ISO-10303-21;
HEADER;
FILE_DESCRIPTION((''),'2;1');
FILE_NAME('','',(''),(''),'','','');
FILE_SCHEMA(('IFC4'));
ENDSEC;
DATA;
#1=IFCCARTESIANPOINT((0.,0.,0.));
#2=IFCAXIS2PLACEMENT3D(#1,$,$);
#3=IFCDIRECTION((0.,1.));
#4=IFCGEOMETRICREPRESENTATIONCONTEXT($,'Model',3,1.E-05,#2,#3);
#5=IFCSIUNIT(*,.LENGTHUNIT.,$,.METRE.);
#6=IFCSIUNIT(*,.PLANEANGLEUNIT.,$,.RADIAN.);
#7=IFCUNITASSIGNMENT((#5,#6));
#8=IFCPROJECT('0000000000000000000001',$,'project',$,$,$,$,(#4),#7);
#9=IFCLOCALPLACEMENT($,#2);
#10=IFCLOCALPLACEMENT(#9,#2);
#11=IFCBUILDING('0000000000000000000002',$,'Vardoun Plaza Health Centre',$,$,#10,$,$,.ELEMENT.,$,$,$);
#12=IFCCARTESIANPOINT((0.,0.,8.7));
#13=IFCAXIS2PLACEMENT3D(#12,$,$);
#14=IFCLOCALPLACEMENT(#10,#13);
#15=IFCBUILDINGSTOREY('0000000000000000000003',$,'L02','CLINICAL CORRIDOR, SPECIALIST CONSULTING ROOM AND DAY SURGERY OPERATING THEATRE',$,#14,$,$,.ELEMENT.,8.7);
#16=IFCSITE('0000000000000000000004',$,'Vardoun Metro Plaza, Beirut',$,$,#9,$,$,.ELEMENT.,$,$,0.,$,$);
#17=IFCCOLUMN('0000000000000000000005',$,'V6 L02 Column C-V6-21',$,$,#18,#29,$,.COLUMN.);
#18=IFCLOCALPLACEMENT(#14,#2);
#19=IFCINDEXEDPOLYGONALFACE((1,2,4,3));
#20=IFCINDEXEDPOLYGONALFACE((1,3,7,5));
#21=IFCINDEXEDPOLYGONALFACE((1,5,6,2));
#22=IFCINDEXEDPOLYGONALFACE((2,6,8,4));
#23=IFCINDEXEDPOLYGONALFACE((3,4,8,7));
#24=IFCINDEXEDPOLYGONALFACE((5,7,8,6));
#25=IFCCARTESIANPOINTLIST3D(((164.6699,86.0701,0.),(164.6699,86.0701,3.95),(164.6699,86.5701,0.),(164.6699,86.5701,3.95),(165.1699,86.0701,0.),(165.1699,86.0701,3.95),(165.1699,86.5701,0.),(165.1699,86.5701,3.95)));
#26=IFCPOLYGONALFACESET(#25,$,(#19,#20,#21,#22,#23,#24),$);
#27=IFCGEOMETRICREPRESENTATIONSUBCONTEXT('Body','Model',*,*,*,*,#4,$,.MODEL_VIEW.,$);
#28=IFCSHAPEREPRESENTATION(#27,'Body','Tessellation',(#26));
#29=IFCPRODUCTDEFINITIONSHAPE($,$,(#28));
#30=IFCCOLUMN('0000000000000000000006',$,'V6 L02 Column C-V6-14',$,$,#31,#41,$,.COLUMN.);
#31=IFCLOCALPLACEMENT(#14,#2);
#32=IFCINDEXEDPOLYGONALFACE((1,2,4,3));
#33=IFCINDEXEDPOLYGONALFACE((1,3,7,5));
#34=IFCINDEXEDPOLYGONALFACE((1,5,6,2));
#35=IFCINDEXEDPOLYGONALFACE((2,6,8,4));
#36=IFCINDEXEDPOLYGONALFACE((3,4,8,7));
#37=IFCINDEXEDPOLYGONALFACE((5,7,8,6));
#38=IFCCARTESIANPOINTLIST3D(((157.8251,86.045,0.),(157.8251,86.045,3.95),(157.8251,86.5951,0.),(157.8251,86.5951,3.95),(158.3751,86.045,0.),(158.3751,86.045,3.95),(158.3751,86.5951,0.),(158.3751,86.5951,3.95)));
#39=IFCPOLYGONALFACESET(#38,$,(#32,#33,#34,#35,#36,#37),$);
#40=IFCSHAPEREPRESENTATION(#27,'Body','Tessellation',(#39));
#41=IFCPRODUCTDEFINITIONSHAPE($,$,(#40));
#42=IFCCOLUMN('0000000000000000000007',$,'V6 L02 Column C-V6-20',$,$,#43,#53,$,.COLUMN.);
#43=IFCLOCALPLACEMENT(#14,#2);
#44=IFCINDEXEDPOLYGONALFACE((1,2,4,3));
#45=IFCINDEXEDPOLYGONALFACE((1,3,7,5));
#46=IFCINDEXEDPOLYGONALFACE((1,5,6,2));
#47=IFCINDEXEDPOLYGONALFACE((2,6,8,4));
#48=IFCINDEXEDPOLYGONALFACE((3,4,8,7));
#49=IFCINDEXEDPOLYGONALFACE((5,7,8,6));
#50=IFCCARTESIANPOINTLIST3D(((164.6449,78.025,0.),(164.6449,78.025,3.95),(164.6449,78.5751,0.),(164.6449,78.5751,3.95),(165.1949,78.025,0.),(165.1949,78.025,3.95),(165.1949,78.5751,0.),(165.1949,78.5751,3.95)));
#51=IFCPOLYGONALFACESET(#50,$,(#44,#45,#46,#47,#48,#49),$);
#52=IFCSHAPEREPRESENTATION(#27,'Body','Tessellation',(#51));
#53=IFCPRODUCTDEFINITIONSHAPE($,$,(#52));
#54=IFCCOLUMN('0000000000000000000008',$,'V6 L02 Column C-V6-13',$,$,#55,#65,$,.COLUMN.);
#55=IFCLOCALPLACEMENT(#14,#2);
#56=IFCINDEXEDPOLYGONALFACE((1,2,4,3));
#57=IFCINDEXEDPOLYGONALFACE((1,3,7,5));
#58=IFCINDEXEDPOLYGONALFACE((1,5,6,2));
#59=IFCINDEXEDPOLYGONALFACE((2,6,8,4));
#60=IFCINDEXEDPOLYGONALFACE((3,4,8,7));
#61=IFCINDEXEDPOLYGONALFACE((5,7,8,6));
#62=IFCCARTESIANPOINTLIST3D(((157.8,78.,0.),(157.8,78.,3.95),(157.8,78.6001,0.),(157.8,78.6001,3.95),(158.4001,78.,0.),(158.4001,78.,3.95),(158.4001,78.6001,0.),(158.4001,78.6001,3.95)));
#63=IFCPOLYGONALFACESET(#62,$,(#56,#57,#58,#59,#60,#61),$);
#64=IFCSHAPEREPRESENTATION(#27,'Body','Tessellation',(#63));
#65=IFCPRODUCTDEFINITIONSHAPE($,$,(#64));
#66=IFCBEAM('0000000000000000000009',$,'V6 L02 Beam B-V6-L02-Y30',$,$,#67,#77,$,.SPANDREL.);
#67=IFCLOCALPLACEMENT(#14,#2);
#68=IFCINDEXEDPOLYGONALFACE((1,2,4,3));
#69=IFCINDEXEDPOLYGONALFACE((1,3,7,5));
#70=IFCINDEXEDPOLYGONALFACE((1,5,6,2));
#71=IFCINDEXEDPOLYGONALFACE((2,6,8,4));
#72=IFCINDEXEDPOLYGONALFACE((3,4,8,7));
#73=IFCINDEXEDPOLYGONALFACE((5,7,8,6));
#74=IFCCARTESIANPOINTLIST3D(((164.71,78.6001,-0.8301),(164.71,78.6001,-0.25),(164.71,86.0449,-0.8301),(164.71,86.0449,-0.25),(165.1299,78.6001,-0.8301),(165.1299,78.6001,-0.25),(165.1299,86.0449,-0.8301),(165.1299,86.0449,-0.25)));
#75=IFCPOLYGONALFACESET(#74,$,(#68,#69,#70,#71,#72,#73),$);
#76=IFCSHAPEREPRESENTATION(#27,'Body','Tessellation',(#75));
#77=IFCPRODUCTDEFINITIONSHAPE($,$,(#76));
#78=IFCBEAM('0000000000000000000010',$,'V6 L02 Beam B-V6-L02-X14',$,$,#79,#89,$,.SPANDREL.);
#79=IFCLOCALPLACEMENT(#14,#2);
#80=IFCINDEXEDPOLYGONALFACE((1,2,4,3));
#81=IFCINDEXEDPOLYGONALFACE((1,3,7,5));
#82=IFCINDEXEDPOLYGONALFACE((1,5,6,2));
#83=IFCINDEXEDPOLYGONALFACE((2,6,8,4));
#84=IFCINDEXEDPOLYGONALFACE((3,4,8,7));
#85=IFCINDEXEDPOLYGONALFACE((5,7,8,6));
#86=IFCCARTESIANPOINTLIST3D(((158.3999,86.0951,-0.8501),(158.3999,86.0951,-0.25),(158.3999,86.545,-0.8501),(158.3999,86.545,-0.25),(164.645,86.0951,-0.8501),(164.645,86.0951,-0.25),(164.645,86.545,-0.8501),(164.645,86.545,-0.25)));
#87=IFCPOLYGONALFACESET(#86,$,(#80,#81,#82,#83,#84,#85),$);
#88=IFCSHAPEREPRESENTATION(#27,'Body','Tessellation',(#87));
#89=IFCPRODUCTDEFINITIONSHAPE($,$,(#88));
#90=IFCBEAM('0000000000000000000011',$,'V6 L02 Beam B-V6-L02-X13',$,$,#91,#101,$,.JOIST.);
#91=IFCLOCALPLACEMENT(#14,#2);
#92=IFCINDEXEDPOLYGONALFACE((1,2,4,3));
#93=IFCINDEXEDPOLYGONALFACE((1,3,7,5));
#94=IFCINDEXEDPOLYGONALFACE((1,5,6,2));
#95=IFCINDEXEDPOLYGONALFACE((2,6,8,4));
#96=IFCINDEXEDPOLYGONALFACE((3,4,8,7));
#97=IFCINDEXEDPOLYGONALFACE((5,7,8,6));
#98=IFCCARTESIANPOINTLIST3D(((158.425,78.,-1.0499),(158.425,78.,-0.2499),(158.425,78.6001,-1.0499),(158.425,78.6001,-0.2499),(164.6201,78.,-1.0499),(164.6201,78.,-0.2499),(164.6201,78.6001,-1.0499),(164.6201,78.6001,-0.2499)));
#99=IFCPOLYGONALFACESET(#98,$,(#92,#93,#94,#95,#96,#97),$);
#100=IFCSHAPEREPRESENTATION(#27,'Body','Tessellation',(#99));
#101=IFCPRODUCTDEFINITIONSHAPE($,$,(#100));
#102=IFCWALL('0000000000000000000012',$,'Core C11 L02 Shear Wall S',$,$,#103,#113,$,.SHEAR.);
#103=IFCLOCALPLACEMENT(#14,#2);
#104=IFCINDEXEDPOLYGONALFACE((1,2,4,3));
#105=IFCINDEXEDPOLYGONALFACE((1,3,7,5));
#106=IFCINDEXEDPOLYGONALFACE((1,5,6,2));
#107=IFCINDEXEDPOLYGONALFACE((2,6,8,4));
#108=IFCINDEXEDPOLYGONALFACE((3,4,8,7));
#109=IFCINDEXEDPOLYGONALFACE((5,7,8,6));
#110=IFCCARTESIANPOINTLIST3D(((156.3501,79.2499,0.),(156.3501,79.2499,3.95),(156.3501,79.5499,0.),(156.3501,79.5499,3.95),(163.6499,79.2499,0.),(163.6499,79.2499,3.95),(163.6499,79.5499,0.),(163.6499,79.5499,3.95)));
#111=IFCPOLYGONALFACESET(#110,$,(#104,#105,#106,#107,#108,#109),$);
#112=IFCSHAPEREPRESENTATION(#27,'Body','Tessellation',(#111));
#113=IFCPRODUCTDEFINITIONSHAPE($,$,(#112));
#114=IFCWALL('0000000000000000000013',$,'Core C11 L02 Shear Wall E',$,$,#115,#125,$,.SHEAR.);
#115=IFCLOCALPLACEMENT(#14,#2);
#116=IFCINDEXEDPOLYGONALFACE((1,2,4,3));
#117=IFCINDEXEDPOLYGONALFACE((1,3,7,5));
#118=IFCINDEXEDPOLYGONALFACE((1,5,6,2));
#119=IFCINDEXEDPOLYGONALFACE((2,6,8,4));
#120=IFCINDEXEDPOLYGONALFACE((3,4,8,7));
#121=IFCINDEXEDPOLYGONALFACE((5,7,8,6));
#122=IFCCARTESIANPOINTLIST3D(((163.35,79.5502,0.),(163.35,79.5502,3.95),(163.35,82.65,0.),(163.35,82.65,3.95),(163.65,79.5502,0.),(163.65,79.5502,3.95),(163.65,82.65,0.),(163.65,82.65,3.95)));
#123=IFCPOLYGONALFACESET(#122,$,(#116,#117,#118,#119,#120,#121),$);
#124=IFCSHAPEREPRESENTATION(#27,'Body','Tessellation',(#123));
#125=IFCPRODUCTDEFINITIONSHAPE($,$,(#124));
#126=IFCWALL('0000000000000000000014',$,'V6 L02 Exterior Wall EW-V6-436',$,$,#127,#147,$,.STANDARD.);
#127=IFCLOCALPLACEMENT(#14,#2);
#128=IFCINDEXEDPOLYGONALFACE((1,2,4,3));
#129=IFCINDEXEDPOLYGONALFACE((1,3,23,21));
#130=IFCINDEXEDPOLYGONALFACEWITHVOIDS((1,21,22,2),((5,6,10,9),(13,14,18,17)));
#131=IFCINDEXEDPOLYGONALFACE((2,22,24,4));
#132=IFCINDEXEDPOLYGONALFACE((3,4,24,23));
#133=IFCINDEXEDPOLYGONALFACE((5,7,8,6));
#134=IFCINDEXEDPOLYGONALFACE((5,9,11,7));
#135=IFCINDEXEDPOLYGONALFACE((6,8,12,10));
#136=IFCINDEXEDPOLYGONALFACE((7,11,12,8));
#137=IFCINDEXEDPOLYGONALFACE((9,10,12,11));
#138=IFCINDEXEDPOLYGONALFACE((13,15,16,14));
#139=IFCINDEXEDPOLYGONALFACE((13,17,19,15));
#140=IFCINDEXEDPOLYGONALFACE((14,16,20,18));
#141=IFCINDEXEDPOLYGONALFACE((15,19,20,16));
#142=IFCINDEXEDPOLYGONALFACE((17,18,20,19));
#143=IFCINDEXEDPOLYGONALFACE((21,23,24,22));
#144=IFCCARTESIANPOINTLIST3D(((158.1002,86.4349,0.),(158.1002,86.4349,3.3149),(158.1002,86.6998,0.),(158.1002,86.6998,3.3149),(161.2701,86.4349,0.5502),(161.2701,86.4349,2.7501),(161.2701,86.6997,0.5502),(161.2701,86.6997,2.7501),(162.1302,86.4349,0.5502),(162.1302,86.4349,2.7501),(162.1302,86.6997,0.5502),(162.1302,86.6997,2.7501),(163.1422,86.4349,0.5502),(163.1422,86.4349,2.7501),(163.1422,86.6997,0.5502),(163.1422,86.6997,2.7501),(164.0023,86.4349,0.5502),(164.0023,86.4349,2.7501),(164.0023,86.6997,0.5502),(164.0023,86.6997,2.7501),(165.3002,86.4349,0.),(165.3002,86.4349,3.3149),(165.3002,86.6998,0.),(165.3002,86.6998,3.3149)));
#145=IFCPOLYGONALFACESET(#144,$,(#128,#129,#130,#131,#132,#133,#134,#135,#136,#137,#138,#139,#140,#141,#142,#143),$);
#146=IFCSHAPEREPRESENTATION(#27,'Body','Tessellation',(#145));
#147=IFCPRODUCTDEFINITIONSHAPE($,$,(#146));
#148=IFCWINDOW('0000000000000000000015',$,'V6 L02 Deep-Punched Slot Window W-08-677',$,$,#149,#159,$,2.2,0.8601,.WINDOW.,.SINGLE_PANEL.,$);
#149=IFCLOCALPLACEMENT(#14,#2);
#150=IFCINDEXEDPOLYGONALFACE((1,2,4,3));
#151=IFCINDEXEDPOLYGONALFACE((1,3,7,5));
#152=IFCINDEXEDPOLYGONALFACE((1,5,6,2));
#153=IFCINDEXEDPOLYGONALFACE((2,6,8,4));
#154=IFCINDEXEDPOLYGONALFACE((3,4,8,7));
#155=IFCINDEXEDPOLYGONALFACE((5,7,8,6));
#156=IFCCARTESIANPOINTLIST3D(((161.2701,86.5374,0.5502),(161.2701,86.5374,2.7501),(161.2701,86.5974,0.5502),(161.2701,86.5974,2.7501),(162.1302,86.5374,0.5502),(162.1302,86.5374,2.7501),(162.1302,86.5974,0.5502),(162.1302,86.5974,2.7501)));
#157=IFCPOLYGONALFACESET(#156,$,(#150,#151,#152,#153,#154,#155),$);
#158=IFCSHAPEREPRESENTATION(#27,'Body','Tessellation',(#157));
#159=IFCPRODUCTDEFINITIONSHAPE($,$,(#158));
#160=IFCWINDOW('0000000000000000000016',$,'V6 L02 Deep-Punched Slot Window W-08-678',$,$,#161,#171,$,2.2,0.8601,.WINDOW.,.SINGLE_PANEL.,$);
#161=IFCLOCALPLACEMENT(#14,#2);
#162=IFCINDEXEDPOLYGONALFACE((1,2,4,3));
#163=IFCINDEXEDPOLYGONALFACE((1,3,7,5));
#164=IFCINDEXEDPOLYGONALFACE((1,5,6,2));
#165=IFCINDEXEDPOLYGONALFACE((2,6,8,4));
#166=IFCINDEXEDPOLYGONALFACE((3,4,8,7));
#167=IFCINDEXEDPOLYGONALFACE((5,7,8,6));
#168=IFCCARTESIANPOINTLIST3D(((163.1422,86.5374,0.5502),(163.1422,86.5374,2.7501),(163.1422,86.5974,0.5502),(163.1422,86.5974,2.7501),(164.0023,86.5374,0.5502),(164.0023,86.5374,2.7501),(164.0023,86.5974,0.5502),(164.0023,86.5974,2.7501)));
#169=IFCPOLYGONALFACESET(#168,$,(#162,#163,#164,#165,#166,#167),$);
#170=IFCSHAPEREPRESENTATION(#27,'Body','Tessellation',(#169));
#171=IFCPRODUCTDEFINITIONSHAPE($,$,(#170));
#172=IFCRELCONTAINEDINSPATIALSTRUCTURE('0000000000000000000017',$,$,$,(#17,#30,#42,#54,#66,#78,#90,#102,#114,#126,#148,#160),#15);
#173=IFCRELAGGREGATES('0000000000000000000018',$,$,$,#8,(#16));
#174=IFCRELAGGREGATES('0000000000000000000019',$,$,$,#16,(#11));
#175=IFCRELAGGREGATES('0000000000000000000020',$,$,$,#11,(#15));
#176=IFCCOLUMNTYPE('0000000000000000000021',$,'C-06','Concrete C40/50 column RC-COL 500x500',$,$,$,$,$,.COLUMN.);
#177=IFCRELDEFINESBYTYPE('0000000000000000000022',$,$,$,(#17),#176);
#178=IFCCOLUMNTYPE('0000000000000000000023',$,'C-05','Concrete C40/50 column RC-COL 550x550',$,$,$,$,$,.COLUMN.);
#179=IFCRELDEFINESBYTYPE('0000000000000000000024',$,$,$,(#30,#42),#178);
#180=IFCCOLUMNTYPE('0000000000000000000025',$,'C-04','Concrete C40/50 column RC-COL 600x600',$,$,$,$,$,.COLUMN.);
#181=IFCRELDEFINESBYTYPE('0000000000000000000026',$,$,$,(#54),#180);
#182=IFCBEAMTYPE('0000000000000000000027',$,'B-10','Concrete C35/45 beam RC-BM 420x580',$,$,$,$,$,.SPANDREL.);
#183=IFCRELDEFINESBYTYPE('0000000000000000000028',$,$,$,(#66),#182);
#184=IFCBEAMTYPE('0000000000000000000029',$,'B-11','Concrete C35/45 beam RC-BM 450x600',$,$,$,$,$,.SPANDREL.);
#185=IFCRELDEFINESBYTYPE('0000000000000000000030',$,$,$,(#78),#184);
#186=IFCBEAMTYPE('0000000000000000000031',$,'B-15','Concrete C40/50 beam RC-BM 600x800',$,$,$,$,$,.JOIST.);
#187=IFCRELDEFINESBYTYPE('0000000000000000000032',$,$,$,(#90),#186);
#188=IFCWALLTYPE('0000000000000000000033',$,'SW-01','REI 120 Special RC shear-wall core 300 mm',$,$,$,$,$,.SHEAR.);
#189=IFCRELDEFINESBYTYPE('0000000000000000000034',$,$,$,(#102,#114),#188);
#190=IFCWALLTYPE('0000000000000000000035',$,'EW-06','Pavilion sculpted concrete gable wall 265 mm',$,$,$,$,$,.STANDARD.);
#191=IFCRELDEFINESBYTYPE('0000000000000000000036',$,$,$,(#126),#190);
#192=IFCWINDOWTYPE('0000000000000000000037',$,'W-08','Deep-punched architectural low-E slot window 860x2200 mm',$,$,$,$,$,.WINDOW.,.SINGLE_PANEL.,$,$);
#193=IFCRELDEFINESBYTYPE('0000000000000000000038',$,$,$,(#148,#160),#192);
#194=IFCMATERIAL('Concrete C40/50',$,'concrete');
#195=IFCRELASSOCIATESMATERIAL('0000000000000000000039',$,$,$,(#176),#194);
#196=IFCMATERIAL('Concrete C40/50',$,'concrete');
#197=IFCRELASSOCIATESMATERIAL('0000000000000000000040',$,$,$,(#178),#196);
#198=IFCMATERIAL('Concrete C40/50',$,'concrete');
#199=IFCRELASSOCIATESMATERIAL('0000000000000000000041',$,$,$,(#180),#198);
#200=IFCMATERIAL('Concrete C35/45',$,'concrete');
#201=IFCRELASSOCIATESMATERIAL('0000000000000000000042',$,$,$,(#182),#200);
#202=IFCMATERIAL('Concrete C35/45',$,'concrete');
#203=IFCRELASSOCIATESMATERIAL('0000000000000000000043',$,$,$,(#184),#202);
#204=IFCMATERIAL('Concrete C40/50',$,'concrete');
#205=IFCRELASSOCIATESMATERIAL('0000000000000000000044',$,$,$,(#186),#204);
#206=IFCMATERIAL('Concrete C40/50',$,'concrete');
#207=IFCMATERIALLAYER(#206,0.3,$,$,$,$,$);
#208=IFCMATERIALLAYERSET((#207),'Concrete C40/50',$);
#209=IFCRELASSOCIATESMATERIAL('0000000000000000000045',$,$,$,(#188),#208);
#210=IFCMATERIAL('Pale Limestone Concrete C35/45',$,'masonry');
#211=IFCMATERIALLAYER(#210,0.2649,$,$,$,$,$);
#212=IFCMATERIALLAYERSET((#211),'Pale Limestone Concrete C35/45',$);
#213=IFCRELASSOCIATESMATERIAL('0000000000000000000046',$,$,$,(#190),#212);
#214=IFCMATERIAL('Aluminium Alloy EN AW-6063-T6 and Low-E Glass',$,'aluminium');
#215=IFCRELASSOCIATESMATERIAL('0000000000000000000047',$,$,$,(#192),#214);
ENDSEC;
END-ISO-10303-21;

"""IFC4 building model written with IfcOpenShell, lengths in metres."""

from ifc_helpers import new_model, si_unit, direction, frame, frame_2d, origin, origin_2d, place, context, subcontext, project, spatial, rectangle, extrude, material, layer, layer_set, material_profile, profile_set, type_object, element, fill, save


model = new_model("IFC4")

# Units and contexts
model_context = context("Model", 3, precision=1e-05, world=origin(), true_north=direction((0.0, 1.0)))
body_context = subcontext(model_context, "Body", "Model", "MODEL_VIEW")
ifc_project = project(units=[si_unit("LENGTHUNIT", "METRE"), si_unit("PLANEANGLEUNIT", "RADIAN")], contexts=[model_context])

# Site, building, storey
site_placement = place(None, origin())
site = spatial("IfcSite", under=ifc_project, at=site_placement, Name="Vardoun Metro Plaza, Beirut", CompositionType="ELEMENT", RefElevation=0.0)
building_placement = place(site_placement, origin())
building = spatial("IfcBuilding", under=site, at=building_placement, Name="Vardoun Plaza Health Centre", CompositionType="ELEMENT")
storey_placement = place(building_placement, frame((0.0, 0.0, 8.7)))
storey = spatial("IfcBuildingStorey", under=building, at=storey_placement, Name="L02", Description="CLINICAL CORRIDOR, SPECIALIST CONSULTING ROOM AND DAY SURGERY OPERATING THEATRE", CompositionType="ELEMENT", Elevation=8.7)

# Columns
ifc_material_1 = material(Name="Concrete C40/50", Category="concrete")
ifc_material_profile_1 = material_profile(ifc_material_1, rectangle(XDim=0.5, YDim=0.5, at=origin_2d()), Name="RC-COL 500x500")
ifc_profile_set_1 = profile_set([ifc_material_profile_1], Name="Concrete C40/50")
column_type_1 = type_object("IfcColumnType", Name="C-06", Description="Concrete C40/50 column RC-COL 500x500", PredefinedType="COLUMN", material=ifc_profile_set_1)
column_1_placement = place(storey_placement, frame((164.9199, 86.3201, 0.0), z_axis=(0.0, 0.0, 1.0), x_axis=(1.0, 0.0, 0.0)))
element("IfcColumn", 1, at=column_1_placement, inside=storey, type_object=column_type_1, Name="V6 L02 Column C-V6-21", PredefinedType="COLUMN", context=body_context, shape_type="SweptSolid", body=[
    extrude(rectangle(XDim=0.5, YDim=0.5, at=origin_2d()), origin(), (0.0, 0.0, 1.0), 3.95),
])
ifc_material_2 = material(Name="Concrete C40/50", Category="concrete")
ifc_material_profile_2 = material_profile(ifc_material_2, rectangle(XDim=0.55, YDim=0.55, at=origin_2d()), Name="RC-COL 550x550")
ifc_profile_set_2 = profile_set([ifc_material_profile_2], Name="Concrete C40/50")
column_type_2 = type_object("IfcColumnType", Name="C-05", Description="Concrete C40/50 column RC-COL 550x550", PredefinedType="COLUMN", material=ifc_profile_set_2)
for number, where, z_axis, x_axis, name in (
    (2, (158.1001, 86.3201, 0.0), (0.0, 0.0, 1.0), (1.0, 0.0, 0.0), "V6 L02 Column C-V6-14"),
    (3, (164.9199, 78.3, 0.0), (0.0, 0.0, 1.0), (1.0, 0.0, 0.0), "V6 L02 Column C-V6-20"),
):
    element("IfcColumn", number, at=place(storey_placement, frame(where, z_axis=z_axis, x_axis=x_axis)), inside=storey, type_object=column_type_2, Name=name, PredefinedType="COLUMN", context=body_context, shape_type="SweptSolid", body=[
        extrude(rectangle(XDim=0.55, YDim=0.55, at=origin_2d()), origin(), (0.0, 0.0, 1.0), 3.95),
    ])
ifc_material_3 = material(Name="Concrete C40/50", Category="concrete")
ifc_material_profile_3 = material_profile(ifc_material_3, rectangle(XDim=0.6001, YDim=0.6001, at=origin_2d()), Name="RC-COL 600x600")
ifc_profile_set_3 = profile_set([ifc_material_profile_3], Name="Concrete C40/50")
column_type_3 = type_object("IfcColumnType", Name="C-04", Description="Concrete C40/50 column RC-COL 600x600", PredefinedType="COLUMN", material=ifc_profile_set_3)
column_2_placement = place(storey_placement, frame((158.1001, 78.3, 0.0), z_axis=(0.0, 0.0, 1.0), x_axis=(1.0, 0.0, 0.0)))
element("IfcColumn", 4, at=column_2_placement, inside=storey, type_object=column_type_3, Name="V6 L02 Column C-V6-13", PredefinedType="COLUMN", context=body_context, shape_type="SweptSolid", body=[
    extrude(rectangle(XDim=0.6001, YDim=0.6001, at=origin_2d()), origin(), (0.0, 0.0, 1.0), 3.95),
])

# Beams
ifc_material_4 = material(Name="Concrete C35/45", Category="concrete")
ifc_material_profile_4 = material_profile(ifc_material_4, rectangle(XDim=0.4199, YDim=0.5801, at=origin_2d()), Name="RC-BM 420x580")
ifc_profile_set_4 = profile_set([ifc_material_profile_4], Name="Concrete C35/45")
beam_type_1 = type_object("IfcBeamType", Name="B-10", Description="Concrete C35/45 beam RC-BM 420x580", PredefinedType="SPANDREL", material=ifc_profile_set_4)
beam_1_placement = place(storey_placement, frame((164.9199, 78.6001, -0.54), z_axis=(0.0, 1.0, 0.0), x_axis=(-1.0, 0.0, 0.0)))
element("IfcBeam", 5, at=beam_1_placement, inside=storey, type_object=beam_type_1, Name="V6 L02 Beam B-V6-L02-Y30", PredefinedType="SPANDREL", context=body_context, shape_type="SweptSolid", body=[
    extrude(rectangle(XDim=0.4199, YDim=0.5801, at=origin_2d()), origin(), (0.0, 0.0, 1.0), 7.4448),
])
ifc_material_5 = material(Name="Concrete C35/45", Category="concrete")
ifc_material_profile_5 = material_profile(ifc_material_5, rectangle(XDim=0.45, YDim=0.6001, at=origin_2d()), Name="RC-BM 450x600")
ifc_profile_set_5 = profile_set([ifc_material_profile_5], Name="Concrete C35/45")
beam_type_2 = type_object("IfcBeamType", Name="B-11", Description="Concrete C35/45 beam RC-BM 450x600", PredefinedType="SPANDREL", material=ifc_profile_set_5)
beam_2_placement = place(storey_placement, frame((158.3999, 86.3201, -0.55), z_axis=(1.0, 0.0, 0.0), x_axis=(0.0, 1.0, 0.0)))
element("IfcBeam", 6, at=beam_2_placement, inside=storey, type_object=beam_type_2, Name="V6 L02 Beam B-V6-L02-X14", PredefinedType="SPANDREL", context=body_context, shape_type="SweptSolid", body=[
    extrude(rectangle(XDim=0.45, YDim=0.6001, at=origin_2d()), origin(), (0.0, 0.0, 1.0), 6.2451),
])
ifc_material_6 = material(Name="Concrete C40/50", Category="concrete")
ifc_material_profile_6 = material_profile(ifc_material_6, rectangle(XDim=0.6001, YDim=0.8, at=origin_2d()), Name="RC-BM 600x800")
ifc_profile_set_6 = profile_set([ifc_material_profile_6], Name="Concrete C40/50")
beam_type_3 = type_object("IfcBeamType", Name="B-15", Description="Concrete C40/50 beam RC-BM 600x800", PredefinedType="JOIST", material=ifc_profile_set_6)
beam_3_placement = place(storey_placement, frame((158.425, 78.3, -0.6499), z_axis=(1.0, 0.0, 0.0), x_axis=(0.0, 1.0, 0.0)))
element("IfcBeam", 7, at=beam_3_placement, inside=storey, type_object=beam_type_3, Name="V6 L02 Beam B-V6-L02-X13", PredefinedType="JOIST", context=body_context, shape_type="SweptSolid", body=[
    extrude(rectangle(XDim=0.6001, YDim=0.8, at=origin_2d()), origin(), (0.0, 0.0, 1.0), 6.1951),
])

# Walls
ifc_material_7 = material(Name="Concrete C40/50", Category="concrete")
ifc_layer_1 = layer(ifc_material_7, 0.3)
ifc_layer_set_1 = layer_set([ifc_layer_1], Name="Concrete C40/50")
wall_type_1 = type_object("IfcWallType", Name="SW-01", Description="REI 120 Special RC shear-wall core 300 mm", PredefinedType="SHEAR", material=ifc_layer_set_1)
wall_1_placement = place(storey_placement, frame((163.6499, 79.3999, 0.0), z_axis=(0.0, 0.0, 1.0), x_axis=(-1.0, 0.0, 0.0)))
element("IfcWall", 8, at=wall_1_placement, inside=storey, type_object=wall_type_1, Name="Core C11 L02 Shear Wall S", PredefinedType="SHEAR", context=body_context, shape_type="SweptSolid", body=[
    extrude(rectangle(XDim=7.2998, YDim=0.3, at=frame_2d((3.6499, 0.0))), origin(), (0.0, 0.0, 1.0), 3.95),
])
wall_2_placement = place(storey_placement, frame((163.5, 82.6499, 0.0), z_axis=(0.0, 0.0, 1.0), x_axis=(0.0, -1.0, 0.0)))
element("IfcWall", 9, at=wall_2_placement, inside=storey, type_object=wall_type_1, Name="Core C11 L02 Shear Wall E", PredefinedType="SHEAR", context=body_context, shape_type="SweptSolid", body=[
    extrude(rectangle(XDim=3.0999, YDim=0.3, at=frame_2d((1.5498, 0.0))), origin(), (0.0, 0.0, 1.0), 3.95),
])

# Wall, openings, windows
ifc_material_8 = material(Name="Pale Limestone Concrete C35/45", Category="masonry")
ifc_layer_2 = layer(ifc_material_8, 0.2649)
ifc_layer_set_2 = layer_set([ifc_layer_2], Name="Pale Limestone Concrete C35/45")
wall_type_2 = type_object("IfcWallType", Name="EW-06", Description="Pavilion sculpted concrete gable wall 265 mm", PredefinedType="STANDARD", material=ifc_layer_set_2)
wall_3_placement = place(storey_placement, frame((158.1001, 86.5674, 0.0), z_axis=(0.0, 0.0, 1.0), x_axis=(1.0, 0.0, 0.0)))
wall_3 = element("IfcWall", 10, at=wall_3_placement, inside=storey, type_object=wall_type_2, Name="V6 L02 Exterior Wall EW-V6-436", PredefinedType="STANDARD", context=body_context, shape_type="SweptSolid", body=[
    extrude(rectangle(XDim=7.2, YDim=0.2649, at=frame_2d((3.6001, 0.0))), origin(), (0.0, 0.0, 1.0), 3.3149),
])
opening_1_placement = place(wall_3_placement, frame((3.1699, 0.0, 0.55)))
opening_1 = element("IfcOpeningElement", 11, at=opening_1_placement, cuts=wall_3, PredefinedType="OPENING", context=body_context, shape_type="SweptSolid", body=[
    extrude(rectangle(XDim=0.8601, YDim=2.2, at=frame_2d((0.4302, 1.1001))), frame((0.0, 0.1323, 0.0), z_axis=(0.0, -1.0, 0.0), x_axis=(1.0, 0.0, 0.0)), (0.0, 0.0, 1.0), 0.2649),
])
opening_2_placement = place(wall_3_placement, frame((5.042, 0.0, 0.55)))
opening_2 = element("IfcOpeningElement", 12, at=opening_2_placement, cuts=wall_3, PredefinedType="OPENING", context=body_context, shape_type="SweptSolid", body=[
    extrude(rectangle(XDim=0.8601, YDim=2.2, at=frame_2d((0.4302, 1.1001))), frame((0.0, 0.1323, 0.0), z_axis=(0.0, -1.0, 0.0), x_axis=(1.0, 0.0, 0.0)), (0.0, 0.0, 1.0), 0.2649),
])
ifc_material_9 = material(Name="Aluminium Alloy EN AW-6063-T6 and Low-E Glass", Category="aluminium")
window_type_1 = type_object("IfcWindowType", Name="W-08", Description="Deep-punched architectural low-E slot window 860x2200 mm", PartitioningType="SINGLE_PANEL", PredefinedType="WINDOW", material=ifc_material_9)
window_1_placement = place(opening_1_placement, origin())
window_1 = element("IfcWindow", 13, at=window_1_placement, inside=storey, type_object=window_type_1, Name="V6 L02 Deep-Punched Slot Window W-08-677", OverallHeight=2.2, OverallWidth=0.8601, PartitioningType="SINGLE_PANEL", PredefinedType="WINDOW", context=body_context, shape_type="SweptSolid", body=[
    extrude(rectangle(XDim=0.8601, YDim=2.2, at=frame_2d((0.4302, 1.1001))), frame((0.0, 0.03, 0.0), z_axis=(0.0, -1.0, 0.0), x_axis=(1.0, 0.0, 0.0)), (0.0, 0.0, 1.0), 0.0601),
])
fill(opening_1, window_1)
window_2_placement = place(opening_2_placement, origin())
window_2 = element("IfcWindow", 14, at=window_2_placement, inside=storey, type_object=window_type_1, Name="V6 L02 Deep-Punched Slot Window W-08-678", OverallHeight=2.2, OverallWidth=0.8601, PartitioningType="SINGLE_PANEL", PredefinedType="WINDOW", context=body_context, shape_type="SweptSolid", body=[
    extrude(rectangle(XDim=0.8601, YDim=2.2, at=frame_2d((0.4302, 1.1001))), frame((0.0, 0.03, 0.0), z_axis=(0.0, -1.0, 0.0), x_axis=(1.0, 0.0, 0.0)), (0.0, 0.0, 1.0), 0.0601),
])
fill(opening_2, window_2)

save(model, "model.ifc")
